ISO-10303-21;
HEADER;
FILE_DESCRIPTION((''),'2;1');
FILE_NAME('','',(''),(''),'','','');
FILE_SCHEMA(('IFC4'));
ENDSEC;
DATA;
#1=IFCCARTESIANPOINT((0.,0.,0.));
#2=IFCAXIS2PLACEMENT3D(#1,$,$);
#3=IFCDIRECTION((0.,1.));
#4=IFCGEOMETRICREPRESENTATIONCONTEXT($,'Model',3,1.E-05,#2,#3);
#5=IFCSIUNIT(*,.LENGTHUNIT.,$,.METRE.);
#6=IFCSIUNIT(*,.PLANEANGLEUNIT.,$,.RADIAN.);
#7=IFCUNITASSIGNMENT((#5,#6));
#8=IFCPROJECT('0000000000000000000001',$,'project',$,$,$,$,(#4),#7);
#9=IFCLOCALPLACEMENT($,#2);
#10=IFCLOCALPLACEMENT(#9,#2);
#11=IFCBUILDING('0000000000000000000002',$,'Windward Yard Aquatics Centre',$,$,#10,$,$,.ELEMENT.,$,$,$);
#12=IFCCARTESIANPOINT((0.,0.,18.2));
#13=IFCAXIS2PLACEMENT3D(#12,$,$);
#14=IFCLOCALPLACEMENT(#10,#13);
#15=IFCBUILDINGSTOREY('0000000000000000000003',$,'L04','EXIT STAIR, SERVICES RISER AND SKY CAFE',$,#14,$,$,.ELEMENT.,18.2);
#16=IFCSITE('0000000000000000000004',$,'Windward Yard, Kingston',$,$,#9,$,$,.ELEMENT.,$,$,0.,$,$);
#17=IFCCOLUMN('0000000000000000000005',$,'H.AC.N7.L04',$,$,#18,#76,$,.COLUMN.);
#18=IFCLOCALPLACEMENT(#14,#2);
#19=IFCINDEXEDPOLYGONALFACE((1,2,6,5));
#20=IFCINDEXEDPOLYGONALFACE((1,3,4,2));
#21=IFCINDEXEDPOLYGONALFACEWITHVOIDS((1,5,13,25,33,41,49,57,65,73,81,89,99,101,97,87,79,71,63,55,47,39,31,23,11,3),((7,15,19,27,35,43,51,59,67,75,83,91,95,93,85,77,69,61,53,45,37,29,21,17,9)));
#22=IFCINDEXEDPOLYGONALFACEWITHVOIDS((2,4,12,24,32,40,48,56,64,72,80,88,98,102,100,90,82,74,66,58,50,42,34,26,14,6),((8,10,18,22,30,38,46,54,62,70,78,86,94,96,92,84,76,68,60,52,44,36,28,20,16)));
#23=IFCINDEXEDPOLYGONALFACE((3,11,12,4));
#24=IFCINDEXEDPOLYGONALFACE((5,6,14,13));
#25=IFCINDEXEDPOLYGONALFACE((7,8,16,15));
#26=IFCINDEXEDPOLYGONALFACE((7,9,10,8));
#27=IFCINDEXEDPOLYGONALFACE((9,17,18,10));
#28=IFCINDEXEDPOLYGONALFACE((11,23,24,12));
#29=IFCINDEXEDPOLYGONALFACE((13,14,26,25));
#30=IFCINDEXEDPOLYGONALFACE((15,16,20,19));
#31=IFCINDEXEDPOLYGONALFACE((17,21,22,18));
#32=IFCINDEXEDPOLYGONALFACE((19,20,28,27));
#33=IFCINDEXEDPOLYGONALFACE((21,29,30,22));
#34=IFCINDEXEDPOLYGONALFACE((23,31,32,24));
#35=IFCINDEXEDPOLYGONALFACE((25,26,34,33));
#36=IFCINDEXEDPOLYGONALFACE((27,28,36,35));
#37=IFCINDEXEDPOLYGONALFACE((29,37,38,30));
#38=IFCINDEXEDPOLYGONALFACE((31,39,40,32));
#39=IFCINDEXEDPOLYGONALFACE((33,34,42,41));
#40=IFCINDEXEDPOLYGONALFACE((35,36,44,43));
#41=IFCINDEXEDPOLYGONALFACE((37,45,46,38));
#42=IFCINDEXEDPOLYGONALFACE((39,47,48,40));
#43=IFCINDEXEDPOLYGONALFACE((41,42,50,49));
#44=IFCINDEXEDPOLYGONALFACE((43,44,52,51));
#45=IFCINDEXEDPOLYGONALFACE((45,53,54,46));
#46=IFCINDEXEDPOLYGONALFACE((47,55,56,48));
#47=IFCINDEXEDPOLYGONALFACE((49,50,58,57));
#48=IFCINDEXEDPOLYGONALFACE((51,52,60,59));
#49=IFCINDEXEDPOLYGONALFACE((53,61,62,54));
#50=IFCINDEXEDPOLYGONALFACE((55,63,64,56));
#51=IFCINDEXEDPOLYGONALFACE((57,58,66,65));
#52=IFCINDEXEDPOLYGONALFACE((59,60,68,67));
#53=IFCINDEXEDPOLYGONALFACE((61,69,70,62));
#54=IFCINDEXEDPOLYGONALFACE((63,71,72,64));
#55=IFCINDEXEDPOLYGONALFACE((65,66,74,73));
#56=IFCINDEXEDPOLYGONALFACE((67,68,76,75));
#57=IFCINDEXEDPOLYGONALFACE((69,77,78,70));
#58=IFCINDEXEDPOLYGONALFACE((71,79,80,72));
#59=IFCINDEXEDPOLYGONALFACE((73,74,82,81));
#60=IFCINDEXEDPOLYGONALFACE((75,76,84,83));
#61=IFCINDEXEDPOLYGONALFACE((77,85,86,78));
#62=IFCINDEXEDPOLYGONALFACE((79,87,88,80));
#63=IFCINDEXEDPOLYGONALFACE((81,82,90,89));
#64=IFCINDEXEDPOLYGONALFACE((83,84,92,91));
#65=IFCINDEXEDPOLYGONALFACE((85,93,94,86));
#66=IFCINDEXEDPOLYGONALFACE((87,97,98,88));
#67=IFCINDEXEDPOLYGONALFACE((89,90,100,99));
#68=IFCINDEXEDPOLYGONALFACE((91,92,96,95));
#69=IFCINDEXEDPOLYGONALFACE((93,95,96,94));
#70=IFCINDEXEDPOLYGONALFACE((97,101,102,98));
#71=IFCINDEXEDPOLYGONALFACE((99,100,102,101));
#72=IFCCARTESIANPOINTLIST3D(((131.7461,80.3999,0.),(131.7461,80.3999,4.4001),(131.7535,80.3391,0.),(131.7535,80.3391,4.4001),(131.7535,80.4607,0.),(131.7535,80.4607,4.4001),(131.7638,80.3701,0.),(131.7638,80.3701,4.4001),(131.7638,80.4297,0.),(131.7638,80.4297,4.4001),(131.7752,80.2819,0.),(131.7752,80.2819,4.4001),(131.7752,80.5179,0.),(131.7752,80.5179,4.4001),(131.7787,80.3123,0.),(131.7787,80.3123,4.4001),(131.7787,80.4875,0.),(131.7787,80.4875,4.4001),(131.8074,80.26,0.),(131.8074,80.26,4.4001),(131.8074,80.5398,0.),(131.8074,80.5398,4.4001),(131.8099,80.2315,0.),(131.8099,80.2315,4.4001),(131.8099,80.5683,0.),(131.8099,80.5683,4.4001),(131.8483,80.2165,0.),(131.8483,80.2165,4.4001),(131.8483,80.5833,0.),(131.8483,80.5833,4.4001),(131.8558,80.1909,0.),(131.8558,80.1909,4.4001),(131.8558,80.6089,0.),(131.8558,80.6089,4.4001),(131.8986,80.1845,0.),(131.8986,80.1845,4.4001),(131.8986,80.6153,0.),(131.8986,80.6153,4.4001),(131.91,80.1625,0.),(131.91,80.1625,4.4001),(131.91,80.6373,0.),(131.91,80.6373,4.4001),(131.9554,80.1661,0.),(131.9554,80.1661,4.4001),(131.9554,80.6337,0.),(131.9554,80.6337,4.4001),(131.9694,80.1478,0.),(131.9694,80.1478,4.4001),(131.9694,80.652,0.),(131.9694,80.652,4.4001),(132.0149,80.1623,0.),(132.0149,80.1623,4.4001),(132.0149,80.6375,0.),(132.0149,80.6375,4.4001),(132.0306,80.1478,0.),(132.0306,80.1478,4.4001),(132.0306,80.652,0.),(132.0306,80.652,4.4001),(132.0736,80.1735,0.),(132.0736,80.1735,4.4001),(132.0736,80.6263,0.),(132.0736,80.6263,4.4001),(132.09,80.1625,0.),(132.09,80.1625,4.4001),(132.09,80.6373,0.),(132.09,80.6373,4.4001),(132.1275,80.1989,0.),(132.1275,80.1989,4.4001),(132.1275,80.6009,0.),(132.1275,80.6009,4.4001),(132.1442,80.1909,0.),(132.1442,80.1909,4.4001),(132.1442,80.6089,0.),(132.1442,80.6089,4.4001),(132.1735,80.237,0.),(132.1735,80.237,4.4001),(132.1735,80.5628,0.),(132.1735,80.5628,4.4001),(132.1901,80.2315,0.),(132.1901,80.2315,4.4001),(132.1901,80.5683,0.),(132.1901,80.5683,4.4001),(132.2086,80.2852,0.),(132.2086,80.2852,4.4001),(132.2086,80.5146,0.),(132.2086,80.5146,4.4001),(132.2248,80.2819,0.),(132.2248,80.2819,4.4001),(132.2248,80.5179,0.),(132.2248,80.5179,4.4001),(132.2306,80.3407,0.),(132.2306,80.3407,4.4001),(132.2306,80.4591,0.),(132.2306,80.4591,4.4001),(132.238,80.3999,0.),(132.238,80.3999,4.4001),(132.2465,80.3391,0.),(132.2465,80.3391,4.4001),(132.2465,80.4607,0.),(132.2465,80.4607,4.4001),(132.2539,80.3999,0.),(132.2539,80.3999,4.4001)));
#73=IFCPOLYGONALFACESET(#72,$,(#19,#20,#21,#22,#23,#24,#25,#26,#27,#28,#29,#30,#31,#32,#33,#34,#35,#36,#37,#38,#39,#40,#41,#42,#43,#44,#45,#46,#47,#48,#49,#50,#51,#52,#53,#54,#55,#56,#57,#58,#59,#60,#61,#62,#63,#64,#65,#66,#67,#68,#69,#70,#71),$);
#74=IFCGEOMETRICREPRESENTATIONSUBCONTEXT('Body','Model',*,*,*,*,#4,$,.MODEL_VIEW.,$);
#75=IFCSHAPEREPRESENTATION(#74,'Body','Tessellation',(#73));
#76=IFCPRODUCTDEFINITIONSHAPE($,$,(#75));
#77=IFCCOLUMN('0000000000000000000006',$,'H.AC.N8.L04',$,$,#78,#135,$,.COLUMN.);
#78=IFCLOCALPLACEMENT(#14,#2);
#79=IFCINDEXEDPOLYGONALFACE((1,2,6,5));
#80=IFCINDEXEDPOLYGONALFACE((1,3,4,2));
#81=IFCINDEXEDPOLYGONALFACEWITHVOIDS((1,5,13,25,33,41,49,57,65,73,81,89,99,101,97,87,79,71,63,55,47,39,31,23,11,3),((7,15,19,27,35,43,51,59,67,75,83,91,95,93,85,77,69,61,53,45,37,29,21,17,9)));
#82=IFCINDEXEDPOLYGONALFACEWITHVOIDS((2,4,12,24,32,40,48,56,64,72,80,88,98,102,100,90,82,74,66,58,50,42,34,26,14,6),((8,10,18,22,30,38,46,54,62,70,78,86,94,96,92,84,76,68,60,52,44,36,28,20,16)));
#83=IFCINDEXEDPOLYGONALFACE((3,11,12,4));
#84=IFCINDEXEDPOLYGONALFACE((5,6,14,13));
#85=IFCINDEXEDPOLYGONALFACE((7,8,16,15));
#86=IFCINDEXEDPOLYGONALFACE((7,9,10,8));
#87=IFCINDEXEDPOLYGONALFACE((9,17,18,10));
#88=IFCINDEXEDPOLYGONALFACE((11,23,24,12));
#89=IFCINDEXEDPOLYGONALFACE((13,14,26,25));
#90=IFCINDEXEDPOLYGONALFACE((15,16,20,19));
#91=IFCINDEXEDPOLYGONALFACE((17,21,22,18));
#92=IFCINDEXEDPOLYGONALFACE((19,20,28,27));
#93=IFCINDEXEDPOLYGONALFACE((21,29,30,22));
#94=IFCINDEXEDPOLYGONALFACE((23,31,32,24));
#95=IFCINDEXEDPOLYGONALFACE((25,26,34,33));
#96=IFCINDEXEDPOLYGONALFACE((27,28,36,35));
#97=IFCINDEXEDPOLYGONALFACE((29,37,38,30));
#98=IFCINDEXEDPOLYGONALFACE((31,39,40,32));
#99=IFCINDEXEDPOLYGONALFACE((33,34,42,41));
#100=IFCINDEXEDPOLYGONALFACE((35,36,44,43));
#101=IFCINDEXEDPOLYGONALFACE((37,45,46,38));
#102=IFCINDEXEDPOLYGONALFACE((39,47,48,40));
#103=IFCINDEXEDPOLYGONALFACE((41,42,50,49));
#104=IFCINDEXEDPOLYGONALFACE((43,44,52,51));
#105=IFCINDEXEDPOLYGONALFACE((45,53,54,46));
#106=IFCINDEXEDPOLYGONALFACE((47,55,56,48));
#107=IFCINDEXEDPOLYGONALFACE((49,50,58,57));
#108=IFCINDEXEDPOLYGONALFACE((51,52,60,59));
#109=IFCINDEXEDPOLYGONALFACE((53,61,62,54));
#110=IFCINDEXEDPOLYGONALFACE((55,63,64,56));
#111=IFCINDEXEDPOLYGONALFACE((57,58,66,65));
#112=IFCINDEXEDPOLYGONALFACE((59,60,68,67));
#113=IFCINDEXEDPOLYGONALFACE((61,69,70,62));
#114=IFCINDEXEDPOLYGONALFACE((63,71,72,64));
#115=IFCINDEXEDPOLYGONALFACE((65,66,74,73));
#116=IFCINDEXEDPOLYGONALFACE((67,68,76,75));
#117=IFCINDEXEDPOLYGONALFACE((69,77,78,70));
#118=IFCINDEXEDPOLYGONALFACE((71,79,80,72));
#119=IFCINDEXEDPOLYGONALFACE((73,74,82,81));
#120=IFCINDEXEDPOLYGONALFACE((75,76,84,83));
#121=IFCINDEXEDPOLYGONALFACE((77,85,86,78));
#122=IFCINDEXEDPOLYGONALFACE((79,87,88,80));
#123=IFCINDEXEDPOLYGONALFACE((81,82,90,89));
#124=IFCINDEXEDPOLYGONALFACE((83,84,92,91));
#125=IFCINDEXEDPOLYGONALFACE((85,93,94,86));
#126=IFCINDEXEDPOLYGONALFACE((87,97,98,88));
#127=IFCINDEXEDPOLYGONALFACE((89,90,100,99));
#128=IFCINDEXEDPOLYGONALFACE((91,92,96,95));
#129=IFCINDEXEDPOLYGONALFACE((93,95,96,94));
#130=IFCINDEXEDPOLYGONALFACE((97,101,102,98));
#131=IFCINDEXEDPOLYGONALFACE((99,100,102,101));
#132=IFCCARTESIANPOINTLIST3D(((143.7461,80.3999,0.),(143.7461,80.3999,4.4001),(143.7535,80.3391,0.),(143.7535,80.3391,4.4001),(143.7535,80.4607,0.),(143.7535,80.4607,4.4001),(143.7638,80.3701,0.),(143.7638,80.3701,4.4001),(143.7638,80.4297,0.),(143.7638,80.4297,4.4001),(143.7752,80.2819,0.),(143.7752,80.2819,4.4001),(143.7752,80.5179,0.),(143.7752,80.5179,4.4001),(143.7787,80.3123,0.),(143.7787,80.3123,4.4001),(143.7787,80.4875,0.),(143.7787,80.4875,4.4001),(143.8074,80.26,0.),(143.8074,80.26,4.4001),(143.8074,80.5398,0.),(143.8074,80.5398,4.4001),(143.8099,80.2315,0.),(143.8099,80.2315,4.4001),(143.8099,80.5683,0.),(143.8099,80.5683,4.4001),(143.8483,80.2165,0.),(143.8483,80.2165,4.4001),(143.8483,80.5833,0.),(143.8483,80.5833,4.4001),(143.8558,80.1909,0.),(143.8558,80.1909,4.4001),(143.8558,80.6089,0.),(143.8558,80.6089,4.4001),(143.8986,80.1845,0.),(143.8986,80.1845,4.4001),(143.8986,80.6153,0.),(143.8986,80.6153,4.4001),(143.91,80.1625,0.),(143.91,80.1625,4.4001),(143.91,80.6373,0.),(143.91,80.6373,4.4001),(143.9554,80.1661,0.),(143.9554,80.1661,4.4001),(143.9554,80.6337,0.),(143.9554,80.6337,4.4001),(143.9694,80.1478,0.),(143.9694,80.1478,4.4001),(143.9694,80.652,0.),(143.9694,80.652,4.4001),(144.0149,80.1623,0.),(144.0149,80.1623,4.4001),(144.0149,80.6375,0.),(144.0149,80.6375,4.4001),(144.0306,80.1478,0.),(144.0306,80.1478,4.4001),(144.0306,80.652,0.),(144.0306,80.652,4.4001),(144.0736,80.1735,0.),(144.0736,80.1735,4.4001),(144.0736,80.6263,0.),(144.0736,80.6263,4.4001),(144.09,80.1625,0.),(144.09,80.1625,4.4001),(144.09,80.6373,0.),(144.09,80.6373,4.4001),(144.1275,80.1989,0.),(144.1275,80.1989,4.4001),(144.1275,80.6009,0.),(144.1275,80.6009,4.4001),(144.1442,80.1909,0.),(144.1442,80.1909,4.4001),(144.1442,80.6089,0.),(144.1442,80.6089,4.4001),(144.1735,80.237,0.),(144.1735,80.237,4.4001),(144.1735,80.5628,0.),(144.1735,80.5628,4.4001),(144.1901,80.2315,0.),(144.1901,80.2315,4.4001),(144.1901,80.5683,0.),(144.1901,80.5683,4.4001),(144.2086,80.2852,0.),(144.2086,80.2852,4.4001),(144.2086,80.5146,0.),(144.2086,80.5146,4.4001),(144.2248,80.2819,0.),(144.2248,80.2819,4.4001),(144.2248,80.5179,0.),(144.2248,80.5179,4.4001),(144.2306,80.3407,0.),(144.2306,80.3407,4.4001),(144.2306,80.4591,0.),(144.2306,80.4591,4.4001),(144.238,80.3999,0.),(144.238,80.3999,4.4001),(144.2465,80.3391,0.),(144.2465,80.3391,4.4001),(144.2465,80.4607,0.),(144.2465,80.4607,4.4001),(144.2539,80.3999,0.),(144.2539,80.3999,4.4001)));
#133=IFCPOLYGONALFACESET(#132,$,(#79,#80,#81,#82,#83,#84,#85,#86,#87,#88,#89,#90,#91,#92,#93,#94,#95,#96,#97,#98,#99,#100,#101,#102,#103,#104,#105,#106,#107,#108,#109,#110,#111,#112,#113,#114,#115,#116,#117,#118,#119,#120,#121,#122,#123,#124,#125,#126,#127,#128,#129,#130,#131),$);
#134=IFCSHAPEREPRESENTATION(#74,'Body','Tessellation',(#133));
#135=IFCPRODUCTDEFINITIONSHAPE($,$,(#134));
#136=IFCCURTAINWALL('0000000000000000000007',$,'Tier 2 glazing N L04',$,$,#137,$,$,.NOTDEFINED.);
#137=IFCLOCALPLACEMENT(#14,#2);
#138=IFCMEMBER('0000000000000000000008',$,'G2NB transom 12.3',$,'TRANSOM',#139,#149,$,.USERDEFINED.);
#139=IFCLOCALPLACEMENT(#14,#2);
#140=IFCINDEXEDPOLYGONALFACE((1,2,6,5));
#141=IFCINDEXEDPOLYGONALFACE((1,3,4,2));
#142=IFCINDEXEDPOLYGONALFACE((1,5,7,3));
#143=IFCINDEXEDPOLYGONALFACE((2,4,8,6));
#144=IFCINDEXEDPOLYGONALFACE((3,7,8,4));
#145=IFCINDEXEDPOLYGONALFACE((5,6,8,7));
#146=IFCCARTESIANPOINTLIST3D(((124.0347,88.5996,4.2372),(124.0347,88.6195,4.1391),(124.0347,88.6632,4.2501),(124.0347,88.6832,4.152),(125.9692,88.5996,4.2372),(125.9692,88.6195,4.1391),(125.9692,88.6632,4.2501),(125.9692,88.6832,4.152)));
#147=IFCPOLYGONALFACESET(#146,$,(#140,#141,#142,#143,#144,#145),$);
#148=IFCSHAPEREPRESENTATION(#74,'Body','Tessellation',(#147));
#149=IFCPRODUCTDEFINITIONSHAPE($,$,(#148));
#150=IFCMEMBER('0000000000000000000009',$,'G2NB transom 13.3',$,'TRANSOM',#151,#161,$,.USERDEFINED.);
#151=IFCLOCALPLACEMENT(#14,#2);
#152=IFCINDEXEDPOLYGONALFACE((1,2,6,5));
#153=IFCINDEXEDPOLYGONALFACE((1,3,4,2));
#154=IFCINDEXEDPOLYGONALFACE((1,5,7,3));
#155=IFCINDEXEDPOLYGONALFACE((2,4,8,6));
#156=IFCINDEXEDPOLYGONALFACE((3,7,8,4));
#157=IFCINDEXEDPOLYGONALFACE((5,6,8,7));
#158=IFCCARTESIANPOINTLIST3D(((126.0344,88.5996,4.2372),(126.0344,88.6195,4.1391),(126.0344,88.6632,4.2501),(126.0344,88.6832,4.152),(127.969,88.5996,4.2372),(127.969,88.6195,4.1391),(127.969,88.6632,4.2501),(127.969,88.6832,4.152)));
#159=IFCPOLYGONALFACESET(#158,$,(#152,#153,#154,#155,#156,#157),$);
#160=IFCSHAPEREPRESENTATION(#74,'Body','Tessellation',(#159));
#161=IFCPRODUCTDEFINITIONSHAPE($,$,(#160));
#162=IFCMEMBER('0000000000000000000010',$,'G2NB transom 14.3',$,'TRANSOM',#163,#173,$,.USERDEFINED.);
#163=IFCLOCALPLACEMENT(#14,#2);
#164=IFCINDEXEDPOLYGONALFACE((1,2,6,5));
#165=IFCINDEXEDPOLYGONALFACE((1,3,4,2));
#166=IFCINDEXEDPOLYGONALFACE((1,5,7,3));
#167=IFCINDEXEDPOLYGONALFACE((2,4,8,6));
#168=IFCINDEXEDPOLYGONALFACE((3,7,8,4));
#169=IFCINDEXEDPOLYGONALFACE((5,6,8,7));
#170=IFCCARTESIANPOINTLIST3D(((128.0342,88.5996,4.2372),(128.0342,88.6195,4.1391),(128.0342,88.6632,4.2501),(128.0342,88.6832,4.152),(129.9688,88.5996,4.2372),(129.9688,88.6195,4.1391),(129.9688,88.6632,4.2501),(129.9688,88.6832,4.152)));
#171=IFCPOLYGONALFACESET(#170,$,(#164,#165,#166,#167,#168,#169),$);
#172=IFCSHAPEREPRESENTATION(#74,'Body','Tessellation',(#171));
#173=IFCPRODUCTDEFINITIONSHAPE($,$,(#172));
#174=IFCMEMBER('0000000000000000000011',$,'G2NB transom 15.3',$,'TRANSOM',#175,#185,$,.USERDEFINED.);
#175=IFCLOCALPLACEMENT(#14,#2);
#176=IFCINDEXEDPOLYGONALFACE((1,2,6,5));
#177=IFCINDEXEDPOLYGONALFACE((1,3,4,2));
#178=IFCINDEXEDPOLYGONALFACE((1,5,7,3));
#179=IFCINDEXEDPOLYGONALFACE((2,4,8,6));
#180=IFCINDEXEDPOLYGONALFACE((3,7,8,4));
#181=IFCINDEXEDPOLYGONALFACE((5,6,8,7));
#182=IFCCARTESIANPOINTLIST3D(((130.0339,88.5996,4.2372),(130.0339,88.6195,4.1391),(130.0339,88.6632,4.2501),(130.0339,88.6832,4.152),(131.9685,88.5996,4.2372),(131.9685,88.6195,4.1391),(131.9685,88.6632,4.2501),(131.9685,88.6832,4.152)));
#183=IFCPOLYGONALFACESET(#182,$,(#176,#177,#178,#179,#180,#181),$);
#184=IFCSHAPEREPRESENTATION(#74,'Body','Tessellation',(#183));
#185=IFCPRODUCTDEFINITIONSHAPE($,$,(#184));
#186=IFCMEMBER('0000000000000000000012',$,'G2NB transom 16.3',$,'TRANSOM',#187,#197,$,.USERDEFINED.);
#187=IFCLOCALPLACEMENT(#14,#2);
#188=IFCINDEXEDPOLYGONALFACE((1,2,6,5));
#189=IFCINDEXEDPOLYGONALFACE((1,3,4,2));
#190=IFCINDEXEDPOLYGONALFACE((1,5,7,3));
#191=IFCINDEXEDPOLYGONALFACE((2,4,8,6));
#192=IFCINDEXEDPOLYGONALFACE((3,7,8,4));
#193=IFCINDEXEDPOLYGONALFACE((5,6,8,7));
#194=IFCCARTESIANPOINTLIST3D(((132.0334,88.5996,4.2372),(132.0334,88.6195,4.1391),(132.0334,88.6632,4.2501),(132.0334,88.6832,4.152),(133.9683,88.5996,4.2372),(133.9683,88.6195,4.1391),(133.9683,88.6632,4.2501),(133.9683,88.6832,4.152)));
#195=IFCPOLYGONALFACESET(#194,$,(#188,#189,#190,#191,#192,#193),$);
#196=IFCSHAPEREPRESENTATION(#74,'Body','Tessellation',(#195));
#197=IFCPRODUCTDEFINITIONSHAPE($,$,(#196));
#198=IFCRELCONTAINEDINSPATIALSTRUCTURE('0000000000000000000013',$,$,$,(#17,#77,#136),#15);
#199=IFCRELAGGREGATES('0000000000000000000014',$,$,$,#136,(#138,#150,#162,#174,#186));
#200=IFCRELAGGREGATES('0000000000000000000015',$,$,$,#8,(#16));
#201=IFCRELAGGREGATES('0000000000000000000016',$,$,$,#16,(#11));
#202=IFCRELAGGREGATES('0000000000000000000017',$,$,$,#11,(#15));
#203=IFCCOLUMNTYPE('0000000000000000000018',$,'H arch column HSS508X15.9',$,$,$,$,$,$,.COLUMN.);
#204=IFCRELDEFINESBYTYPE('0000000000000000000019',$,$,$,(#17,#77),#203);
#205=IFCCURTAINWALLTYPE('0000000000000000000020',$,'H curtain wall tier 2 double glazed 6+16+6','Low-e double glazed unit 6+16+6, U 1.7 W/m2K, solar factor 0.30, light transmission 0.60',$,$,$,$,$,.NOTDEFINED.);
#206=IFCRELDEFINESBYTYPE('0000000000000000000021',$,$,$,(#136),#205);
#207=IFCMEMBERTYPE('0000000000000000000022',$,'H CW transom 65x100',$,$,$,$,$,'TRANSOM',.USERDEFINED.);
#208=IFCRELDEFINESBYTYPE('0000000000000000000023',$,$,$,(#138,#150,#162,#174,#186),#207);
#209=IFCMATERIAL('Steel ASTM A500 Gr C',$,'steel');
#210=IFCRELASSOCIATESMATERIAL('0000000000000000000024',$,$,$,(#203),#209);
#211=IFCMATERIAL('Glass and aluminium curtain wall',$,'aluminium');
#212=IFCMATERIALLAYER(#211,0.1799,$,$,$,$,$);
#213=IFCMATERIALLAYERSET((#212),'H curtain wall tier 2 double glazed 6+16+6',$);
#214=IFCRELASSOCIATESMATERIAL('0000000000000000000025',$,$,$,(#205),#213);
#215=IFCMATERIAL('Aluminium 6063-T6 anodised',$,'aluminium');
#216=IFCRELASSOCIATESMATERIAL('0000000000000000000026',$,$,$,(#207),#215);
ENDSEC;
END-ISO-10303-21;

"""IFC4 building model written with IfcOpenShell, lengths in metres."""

from ifc_helpers import new_model, si_unit, direction, frame, origin, origin_2d, place, context, subcontext, project, spatial, rectangle, hollow_circle, extrude, material, layer, layer_set, material_profile, profile_set, type_object, element, aggregate, save


model = new_model("IFC4")

# Units and contexts
model_context = context("Model", 3, precision=1e-05, world=origin(), true_north=direction((0.0, 1.0)))
body_context = subcontext(model_context, "Body", "Model", "MODEL_VIEW")
ifc_project = project(units=[si_unit("LENGTHUNIT", "METRE"), si_unit("PLANEANGLEUNIT", "RADIAN")], contexts=[model_context])

# Site, building, storey
site_placement = place(None, origin())
site = spatial("IfcSite", under=ifc_project, at=site_placement, Name="Windward Yard, Kingston", CompositionType="ELEMENT", RefElevation=0.0)
building_placement = place(site_placement, origin())
building = spatial("IfcBuilding", under=site, at=building_placement, Name="Windward Yard Aquatics Centre", CompositionType="ELEMENT")
storey_placement = place(building_placement, frame((0.0, 0.0, 18.2)))
storey = spatial("IfcBuildingStorey", under=building, at=storey_placement, Name="L04", Description="EXIT STAIR, SERVICES RISER AND SKY CAFE", CompositionType="ELEMENT", Elevation=18.2)

# Columns
ifc_material_1 = material(Name="Steel ASTM A500 Gr C", Category="steel")
ifc_material_profile_1 = material_profile(ifc_material_1, hollow_circle(Radius=0.2539, WallThickness=0.0159, at=origin_2d()), Name="HSS508X15.9")
ifc_profile_set_1 = profile_set([ifc_material_profile_1], Name="Steel ASTM A500 Gr C")
column_type = type_object("IfcColumnType", Name="H arch column HSS508X15.9", PredefinedType="COLUMN", material=ifc_profile_set_1)
for number, where, z_axis, x_axis, name in (
    (1, (132.0, 80.3999, 0.0), (0.0, 0.0, 1.0), (1.0, 0.0, 0.0), "H.AC.N7.L04"),
    (2, (144.0, 80.3999, 0.0), (0.0, 0.0, 1.0), (1.0, 0.0, 0.0), "H.AC.N8.L04"),
):
    element("IfcColumn", number, at=place(storey_placement, frame(where, z_axis=z_axis, x_axis=x_axis)), inside=storey, type_object=column_type, Name=name, PredefinedType="COLUMN", context=body_context, shape_type="SweptSolid", body=[
        extrude(hollow_circle(Radius=0.2539, WallThickness=0.0159, at=origin_2d()), origin(), (0.0, 0.0, 1.0), 4.4001),
    ])

# Curtain wall, members
ifc_material_2 = material(Name="Glass and aluminium curtain wall", Category="aluminium")
ifc_layer_1 = layer(ifc_material_2, 0.1799)
ifc_layer_set_1 = layer_set([ifc_layer_1], Name="H curtain wall tier 2 double glazed 6+16+6")
curtain_wall_type = type_object("IfcCurtainWallType", Name="H curtain wall tier 2 double glazed 6+16+6", Description="Low-e double glazed unit 6+16+6, U 1.7 W/m2K, solar factor 0.30, light transmission 0.60", PredefinedType="NOTDEFINED", material=ifc_layer_set_1)
curtain_wall_placement = place(storey_placement, origin())
curtain_wall = element("IfcCurtainWall", 3, at=curtain_wall_placement, inside=storey, type_object=curtain_wall_type, Name="Tier 2 glazing N L04", PredefinedType="NOTDEFINED")
ifc_material_3 = material(Name="Aluminium 6063-T6 anodised", Category="aluminium")
ifc_material_profile_2 = material_profile(ifc_material_3, rectangle(XDim=0.0649, YDim=0.1001, at=origin_2d()), Name="H CW transom 65x100")
ifc_profile_set_2 = profile_set([ifc_material_profile_2], Name="Aluminium 6063-T6 anodised")
member_type_1 = type_object("IfcMemberType", Name="H CW transom 65x100", ElementType="TRANSOM", PredefinedType="USERDEFINED", material=ifc_profile_set_2)
member_1_placement = place(storey_placement, frame((124.0347, 88.6414, 4.1946), z_axis=(1.0, 0.0, 0.0), x_axis=(0.0, 0.979925, 0.199368)))
member_1 = element("IfcMember", 4, at=member_1_placement, type_object=member_type_1, Name="G2NB transom 12.3", ObjectType="TRANSOM", PredefinedType="USERDEFINED", context=body_context, shape_type="SweptSolid", body=[
    extrude(rectangle(XDim=0.0649, YDim=0.1001, at=origin_2d()), origin(), (0.0, 0.0, 1.0), 1.9346),
])
member_2_placement = place(storey_placement, frame((126.0344, 88.6414, 4.1946), z_axis=(1.0, 0.0, 0.0), x_axis=(0.0, 0.979925, 0.199368)))
member_2 = element("IfcMember", 5, at=member_2_placement, type_object=member_type_1, Name="G2NB transom 13.3", ObjectType="TRANSOM", PredefinedType="USERDEFINED", context=body_context, shape_type="SweptSolid", body=[
    extrude(rectangle(XDim=0.0649, YDim=0.1001, at=origin_2d()), origin(), (0.0, 0.0, 1.0), 1.9346),
])
member_3_placement = place(storey_placement, frame((128.0342, 88.6414, 4.1946), z_axis=(1.0, 0.0, 0.0), x_axis=(0.0, 0.979925, 0.199368)))
member_3 = element("IfcMember", 6, at=member_3_placement, type_object=member_type_1, Name="G2NB transom 14.3", ObjectType="TRANSOM", PredefinedType="USERDEFINED", context=body_context, shape_type="SweptSolid", body=[
    extrude(rectangle(XDim=0.0649, YDim=0.1001, at=origin_2d()), origin(), (0.0, 0.0, 1.0), 1.9346),
])
member_4_placement = place(storey_placement, frame((130.0339, 88.6414, 4.1946), z_axis=(1.0, 0.0, 0.0), x_axis=(0.0, 0.979925, 0.199368)))
member_4 = element("IfcMember", 7, at=member_4_placement, type_object=member_type_1, Name="G2NB transom 15.3", ObjectType="TRANSOM", PredefinedType="USERDEFINED", context=body_context, shape_type="SweptSolid", body=[
    extrude(rectangle(XDim=0.0649, YDim=0.1001, at=origin_2d()), origin(), (0.0, 0.0, 1.0), 1.9346),
])
member_5_placement = place(storey_placement, frame((132.0334, 88.6414, 4.1946), z_axis=(1.0, 0.0, 0.0), x_axis=(0.0, 0.979925, 0.199368)))
member_5 = element("IfcMember", 8, at=member_5_placement, type_object=member_type_1, Name="G2NB transom 16.3", ObjectType="TRANSOM", PredefinedType="USERDEFINED", context=body_context, shape_type="SweptSolid", body=[
    extrude(rectangle(XDim=0.0649, YDim=0.1001, at=origin_2d()), origin(), (0.0, 0.0, 1.0), 1.9348),
])

aggregate(curtain_wall, [member_1, member_2, member_3, member_4, member_5])

save(model, "model.ifc")
